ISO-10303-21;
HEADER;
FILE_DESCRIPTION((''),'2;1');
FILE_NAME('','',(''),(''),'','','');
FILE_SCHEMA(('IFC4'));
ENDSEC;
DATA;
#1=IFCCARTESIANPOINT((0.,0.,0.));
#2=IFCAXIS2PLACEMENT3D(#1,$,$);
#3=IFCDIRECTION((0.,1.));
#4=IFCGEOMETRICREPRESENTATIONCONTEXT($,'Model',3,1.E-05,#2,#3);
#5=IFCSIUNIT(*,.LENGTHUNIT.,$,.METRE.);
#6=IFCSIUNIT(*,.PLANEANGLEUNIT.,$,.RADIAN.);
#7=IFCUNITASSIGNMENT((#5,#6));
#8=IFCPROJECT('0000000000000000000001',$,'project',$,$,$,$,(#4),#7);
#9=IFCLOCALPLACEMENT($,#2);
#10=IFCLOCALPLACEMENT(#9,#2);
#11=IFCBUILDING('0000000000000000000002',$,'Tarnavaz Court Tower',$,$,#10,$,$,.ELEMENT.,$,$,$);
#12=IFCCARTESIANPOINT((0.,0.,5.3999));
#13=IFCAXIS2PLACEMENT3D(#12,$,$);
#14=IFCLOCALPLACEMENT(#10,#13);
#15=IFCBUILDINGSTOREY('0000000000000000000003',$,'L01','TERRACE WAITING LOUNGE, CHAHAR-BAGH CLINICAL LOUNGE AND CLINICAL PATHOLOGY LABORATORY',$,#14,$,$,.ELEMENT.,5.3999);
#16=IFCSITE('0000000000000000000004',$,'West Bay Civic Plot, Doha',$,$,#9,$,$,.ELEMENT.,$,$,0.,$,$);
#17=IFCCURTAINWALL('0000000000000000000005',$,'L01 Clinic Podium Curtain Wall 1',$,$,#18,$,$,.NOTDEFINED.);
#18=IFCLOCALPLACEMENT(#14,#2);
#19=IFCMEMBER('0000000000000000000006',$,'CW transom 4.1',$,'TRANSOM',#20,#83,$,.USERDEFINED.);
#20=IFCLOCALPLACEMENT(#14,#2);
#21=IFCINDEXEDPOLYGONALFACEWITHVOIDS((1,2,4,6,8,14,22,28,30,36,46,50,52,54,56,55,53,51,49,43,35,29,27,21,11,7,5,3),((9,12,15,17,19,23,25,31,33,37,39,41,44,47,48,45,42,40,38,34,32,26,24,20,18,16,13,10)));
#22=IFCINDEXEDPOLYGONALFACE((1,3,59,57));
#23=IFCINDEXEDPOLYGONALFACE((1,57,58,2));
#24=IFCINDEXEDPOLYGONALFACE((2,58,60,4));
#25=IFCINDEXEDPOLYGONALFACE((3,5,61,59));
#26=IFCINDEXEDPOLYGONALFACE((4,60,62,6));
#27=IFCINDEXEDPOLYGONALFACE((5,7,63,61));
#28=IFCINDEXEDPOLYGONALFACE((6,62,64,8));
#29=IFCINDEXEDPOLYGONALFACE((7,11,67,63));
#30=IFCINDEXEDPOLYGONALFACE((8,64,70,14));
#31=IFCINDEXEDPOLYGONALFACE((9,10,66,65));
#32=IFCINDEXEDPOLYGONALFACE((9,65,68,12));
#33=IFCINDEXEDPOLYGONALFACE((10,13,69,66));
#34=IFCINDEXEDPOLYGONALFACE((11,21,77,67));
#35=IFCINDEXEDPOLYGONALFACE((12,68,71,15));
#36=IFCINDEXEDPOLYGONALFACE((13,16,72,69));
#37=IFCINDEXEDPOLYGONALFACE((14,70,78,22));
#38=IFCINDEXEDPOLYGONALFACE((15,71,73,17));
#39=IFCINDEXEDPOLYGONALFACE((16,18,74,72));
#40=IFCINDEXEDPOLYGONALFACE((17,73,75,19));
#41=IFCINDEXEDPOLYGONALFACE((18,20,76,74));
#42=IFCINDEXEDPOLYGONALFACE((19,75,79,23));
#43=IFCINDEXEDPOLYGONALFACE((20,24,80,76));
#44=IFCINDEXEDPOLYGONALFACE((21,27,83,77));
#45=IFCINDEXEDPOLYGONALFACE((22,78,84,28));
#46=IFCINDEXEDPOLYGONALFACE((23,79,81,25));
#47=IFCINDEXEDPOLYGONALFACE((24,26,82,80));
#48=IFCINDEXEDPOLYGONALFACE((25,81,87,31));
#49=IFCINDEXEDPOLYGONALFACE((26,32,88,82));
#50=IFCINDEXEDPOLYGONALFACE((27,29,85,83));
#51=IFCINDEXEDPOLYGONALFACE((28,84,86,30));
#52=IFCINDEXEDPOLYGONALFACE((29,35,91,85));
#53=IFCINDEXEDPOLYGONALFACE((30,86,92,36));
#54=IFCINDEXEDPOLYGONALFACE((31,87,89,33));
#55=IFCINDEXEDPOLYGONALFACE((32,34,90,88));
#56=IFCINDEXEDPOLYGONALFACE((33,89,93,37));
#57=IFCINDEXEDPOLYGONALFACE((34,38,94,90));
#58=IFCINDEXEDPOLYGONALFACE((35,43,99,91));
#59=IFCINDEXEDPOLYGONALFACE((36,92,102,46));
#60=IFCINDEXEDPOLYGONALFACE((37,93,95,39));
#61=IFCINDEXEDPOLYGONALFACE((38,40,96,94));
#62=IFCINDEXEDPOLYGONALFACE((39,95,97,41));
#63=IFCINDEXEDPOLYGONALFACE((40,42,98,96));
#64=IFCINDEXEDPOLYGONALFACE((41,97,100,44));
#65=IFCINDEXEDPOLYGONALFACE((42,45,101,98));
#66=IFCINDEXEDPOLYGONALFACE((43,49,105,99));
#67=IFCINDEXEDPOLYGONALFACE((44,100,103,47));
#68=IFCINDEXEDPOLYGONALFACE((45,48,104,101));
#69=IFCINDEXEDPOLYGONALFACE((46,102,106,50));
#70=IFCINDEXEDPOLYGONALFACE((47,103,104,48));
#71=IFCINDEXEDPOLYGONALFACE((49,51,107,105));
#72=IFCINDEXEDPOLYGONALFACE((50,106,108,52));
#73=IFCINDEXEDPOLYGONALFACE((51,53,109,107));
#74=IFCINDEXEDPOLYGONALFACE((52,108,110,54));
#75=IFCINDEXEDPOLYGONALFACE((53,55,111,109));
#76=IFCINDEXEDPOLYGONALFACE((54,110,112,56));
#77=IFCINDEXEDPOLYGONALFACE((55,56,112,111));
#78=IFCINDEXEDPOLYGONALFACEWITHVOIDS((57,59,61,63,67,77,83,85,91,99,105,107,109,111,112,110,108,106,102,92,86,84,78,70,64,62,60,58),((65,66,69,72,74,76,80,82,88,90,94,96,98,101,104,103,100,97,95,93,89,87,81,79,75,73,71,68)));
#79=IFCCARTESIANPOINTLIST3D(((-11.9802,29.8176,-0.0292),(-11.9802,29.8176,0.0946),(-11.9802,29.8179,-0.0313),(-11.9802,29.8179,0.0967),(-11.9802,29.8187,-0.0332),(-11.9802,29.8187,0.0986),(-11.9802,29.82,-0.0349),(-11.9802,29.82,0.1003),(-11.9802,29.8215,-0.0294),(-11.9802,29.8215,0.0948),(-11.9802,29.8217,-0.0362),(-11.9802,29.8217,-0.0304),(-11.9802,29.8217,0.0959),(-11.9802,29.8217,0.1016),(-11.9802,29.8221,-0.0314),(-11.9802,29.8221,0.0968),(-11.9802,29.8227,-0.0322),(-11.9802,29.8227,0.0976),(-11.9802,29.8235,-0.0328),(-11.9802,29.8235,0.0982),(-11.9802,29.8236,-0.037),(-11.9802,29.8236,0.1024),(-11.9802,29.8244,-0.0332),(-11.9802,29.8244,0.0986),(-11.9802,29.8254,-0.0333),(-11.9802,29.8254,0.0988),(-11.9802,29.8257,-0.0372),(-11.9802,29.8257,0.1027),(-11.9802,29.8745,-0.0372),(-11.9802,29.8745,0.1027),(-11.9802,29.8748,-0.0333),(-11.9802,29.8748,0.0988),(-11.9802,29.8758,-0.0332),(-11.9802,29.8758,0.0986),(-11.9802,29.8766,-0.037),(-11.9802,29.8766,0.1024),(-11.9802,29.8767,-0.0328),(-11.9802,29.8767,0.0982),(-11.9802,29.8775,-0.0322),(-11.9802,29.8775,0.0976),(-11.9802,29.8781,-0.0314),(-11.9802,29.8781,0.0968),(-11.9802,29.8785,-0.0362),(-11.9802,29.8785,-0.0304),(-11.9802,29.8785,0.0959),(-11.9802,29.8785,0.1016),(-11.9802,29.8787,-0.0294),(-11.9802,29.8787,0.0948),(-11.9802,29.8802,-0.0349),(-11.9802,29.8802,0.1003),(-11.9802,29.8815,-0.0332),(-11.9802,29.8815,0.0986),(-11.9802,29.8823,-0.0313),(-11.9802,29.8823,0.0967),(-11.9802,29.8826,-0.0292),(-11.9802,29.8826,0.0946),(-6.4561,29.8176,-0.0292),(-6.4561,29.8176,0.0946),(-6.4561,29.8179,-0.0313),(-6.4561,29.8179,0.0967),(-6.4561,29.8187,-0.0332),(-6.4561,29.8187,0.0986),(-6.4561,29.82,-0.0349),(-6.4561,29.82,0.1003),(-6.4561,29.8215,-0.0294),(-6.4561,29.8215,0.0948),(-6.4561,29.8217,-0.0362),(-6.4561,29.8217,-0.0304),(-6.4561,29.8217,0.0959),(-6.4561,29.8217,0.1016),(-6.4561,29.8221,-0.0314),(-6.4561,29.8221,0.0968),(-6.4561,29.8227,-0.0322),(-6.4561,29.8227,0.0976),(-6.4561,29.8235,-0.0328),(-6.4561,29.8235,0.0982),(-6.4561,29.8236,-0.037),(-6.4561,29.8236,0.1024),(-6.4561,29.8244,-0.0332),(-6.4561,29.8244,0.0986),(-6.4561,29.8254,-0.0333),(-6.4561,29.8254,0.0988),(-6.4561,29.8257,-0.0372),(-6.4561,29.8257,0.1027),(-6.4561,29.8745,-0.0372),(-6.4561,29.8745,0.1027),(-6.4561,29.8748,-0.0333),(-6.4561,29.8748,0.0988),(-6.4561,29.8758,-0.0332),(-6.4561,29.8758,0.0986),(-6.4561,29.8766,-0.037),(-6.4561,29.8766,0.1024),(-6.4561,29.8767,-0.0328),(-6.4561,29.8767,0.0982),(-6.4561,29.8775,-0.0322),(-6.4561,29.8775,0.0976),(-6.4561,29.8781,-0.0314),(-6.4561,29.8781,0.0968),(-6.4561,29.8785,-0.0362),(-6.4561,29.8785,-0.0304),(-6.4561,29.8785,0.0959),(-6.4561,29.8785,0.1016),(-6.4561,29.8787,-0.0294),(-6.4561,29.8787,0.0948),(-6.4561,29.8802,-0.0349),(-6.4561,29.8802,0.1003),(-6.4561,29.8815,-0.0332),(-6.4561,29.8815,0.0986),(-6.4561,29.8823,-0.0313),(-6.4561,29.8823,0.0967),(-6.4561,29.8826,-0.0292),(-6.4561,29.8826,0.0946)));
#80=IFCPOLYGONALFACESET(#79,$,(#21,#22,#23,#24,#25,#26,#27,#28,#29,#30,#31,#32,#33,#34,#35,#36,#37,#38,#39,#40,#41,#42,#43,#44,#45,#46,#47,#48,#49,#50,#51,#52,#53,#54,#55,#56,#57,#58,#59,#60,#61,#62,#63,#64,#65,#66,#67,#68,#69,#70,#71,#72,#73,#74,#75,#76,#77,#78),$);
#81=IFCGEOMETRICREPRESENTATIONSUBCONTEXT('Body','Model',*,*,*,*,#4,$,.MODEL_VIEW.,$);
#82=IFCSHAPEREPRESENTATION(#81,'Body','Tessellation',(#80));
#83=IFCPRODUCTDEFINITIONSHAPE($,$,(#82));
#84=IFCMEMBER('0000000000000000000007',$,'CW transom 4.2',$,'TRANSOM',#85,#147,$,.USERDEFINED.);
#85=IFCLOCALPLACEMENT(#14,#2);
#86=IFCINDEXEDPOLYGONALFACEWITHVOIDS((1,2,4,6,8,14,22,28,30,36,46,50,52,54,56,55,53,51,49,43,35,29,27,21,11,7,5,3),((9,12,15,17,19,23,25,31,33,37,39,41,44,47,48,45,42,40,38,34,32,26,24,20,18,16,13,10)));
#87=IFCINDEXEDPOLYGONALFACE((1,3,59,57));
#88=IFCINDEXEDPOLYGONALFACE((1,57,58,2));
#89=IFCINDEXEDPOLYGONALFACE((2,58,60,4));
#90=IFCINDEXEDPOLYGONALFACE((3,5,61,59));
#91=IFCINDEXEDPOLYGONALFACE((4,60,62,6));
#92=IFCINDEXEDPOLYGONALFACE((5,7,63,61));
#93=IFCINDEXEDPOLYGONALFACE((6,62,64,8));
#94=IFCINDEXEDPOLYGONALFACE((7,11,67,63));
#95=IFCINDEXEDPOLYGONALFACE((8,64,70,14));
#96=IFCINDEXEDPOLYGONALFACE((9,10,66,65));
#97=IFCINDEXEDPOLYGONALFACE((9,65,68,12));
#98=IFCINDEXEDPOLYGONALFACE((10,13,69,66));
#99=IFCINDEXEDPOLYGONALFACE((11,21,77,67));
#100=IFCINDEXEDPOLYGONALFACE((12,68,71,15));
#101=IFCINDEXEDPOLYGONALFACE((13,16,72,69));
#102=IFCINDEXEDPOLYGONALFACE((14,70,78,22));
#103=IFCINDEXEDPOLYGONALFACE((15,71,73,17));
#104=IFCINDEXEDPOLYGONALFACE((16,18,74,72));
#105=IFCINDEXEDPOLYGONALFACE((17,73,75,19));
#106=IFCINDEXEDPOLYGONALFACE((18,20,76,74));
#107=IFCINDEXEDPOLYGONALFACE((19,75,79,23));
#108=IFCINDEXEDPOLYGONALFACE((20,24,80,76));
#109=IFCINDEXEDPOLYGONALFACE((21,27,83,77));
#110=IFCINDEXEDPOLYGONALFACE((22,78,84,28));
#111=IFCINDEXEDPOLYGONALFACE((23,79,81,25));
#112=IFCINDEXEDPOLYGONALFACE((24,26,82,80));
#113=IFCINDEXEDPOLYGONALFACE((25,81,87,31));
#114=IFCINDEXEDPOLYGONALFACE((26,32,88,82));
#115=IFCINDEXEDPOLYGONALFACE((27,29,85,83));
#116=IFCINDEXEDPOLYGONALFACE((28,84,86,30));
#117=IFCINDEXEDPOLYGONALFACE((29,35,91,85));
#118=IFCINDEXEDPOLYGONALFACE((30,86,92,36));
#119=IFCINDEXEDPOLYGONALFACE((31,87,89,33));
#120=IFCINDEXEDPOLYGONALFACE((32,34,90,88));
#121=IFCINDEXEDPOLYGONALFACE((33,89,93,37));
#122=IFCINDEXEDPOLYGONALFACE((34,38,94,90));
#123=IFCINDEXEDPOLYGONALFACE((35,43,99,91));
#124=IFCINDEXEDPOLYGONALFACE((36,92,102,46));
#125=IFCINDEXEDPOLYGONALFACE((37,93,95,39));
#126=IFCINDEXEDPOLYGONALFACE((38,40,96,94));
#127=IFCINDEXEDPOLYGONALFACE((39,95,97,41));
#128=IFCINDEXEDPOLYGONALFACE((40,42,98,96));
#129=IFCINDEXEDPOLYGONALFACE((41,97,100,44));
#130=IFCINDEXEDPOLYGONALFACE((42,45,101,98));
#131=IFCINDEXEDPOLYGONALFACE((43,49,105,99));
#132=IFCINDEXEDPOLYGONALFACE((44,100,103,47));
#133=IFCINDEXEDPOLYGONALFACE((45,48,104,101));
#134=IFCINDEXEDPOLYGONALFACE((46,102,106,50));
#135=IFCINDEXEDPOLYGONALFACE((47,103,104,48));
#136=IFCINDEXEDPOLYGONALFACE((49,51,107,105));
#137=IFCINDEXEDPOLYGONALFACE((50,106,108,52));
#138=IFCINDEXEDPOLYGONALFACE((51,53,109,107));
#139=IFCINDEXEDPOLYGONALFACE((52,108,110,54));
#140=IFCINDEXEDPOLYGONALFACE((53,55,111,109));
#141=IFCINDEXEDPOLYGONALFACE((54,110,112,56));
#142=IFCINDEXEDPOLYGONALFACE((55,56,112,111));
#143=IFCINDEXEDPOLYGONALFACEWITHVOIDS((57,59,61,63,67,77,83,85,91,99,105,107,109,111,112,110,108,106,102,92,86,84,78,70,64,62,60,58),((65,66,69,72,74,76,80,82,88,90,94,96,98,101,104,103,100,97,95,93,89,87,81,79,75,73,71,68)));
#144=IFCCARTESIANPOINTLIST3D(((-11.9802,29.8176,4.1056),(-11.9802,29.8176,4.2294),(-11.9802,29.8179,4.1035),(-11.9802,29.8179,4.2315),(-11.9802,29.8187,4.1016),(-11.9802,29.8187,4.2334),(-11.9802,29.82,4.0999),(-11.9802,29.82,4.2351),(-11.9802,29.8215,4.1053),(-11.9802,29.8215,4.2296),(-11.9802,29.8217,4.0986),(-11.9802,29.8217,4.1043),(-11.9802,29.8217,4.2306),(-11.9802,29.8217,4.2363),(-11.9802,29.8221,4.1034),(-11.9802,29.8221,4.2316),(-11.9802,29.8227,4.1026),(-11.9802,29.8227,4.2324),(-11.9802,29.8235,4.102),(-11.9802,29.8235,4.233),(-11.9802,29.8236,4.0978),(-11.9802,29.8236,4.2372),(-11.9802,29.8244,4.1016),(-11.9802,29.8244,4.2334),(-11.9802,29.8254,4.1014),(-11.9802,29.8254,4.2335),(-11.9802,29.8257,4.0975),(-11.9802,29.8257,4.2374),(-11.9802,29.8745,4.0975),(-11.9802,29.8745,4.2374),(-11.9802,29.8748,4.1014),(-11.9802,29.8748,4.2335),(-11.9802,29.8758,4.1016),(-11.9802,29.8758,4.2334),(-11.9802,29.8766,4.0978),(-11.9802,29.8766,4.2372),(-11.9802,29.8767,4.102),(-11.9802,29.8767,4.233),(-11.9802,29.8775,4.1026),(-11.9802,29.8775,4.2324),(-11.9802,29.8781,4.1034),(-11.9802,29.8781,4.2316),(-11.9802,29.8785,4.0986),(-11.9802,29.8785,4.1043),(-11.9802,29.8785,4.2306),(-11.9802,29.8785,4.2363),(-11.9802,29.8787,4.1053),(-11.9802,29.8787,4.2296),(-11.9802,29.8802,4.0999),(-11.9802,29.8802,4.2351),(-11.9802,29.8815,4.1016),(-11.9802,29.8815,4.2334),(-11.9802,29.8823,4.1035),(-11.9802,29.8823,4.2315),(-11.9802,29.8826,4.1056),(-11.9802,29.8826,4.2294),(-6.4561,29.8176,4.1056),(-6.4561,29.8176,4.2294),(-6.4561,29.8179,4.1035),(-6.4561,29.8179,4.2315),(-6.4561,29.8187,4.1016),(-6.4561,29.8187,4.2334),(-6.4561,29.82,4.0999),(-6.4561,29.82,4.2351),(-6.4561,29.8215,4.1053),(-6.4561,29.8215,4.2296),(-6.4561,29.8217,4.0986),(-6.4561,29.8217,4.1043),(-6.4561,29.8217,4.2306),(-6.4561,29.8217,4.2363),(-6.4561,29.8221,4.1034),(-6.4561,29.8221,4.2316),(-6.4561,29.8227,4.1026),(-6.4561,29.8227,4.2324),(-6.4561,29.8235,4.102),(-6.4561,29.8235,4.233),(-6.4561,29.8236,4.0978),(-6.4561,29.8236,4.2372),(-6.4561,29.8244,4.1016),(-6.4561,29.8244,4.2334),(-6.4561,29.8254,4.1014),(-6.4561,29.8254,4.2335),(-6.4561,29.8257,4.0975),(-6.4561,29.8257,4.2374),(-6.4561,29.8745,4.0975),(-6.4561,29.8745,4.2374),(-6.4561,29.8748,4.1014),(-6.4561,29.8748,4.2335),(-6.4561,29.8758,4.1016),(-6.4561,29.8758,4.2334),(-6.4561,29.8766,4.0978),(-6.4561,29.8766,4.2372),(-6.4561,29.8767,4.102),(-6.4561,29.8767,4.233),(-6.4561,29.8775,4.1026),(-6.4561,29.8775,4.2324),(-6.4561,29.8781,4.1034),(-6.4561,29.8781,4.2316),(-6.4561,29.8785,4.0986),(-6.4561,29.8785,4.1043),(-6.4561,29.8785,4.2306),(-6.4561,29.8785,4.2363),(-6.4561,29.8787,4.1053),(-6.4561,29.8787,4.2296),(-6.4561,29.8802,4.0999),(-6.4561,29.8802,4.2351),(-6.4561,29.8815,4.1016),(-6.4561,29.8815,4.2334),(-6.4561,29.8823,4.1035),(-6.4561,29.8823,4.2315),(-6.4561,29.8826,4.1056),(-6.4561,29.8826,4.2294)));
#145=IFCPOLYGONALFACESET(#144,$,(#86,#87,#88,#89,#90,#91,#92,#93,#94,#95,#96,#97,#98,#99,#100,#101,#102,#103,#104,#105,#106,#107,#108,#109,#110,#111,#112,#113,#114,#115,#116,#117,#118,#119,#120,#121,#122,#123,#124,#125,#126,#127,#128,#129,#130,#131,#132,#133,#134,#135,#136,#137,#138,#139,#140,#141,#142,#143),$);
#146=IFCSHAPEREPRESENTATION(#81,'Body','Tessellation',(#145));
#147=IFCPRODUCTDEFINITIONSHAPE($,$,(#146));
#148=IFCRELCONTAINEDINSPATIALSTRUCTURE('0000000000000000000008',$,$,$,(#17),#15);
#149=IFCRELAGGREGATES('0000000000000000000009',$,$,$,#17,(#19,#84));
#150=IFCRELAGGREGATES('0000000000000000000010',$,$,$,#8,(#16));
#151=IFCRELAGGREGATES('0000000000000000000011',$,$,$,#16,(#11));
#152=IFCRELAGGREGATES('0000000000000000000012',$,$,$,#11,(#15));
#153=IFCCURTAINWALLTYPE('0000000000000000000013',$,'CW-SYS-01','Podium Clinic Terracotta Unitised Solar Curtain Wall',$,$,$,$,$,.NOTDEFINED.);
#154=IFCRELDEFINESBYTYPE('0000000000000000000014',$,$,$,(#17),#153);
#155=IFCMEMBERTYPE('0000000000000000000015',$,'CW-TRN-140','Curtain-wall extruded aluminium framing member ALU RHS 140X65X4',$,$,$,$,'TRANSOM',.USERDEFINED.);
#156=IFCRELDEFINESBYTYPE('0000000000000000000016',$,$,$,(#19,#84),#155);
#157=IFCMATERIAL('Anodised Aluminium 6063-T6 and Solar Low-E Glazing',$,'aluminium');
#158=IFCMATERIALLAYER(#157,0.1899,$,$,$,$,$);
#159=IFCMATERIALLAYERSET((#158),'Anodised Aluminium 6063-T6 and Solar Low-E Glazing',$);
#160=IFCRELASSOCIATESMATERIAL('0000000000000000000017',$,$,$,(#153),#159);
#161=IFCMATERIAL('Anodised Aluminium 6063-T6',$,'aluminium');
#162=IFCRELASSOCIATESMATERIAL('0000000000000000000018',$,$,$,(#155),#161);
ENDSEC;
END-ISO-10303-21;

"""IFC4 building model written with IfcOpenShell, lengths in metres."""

from ifc_helpers import new_model, si_unit, direction, frame, origin, origin_2d, place, context, subcontext, project, spatial, hollow_rectangle, extrude, material, layer, layer_set, material_profile, profile_set, type_object, element, aggregate, save


model = new_model("IFC4")

# Units and contexts
model_context = context("Model", 3, precision=1e-05, world=origin(), true_north=direction((0.0, 1.0)))
body_context = subcontext(model_context, "Body", "Model", "MODEL_VIEW")
ifc_project = project(units=[si_unit("LENGTHUNIT", "METRE"), si_unit("PLANEANGLEUNIT", "RADIAN")], contexts=[model_context])

# Site, building, storey
site_placement = place(None, origin())
site = spatial("IfcSite", under=ifc_project, at=site_placement, Name="West Bay Civic Plot, Doha", CompositionType="ELEMENT", RefElevation=0.0)
building_placement = place(site_placement, origin())
building = spatial("IfcBuilding", under=site, at=building_placement, Name="Tarnavaz Court Tower", CompositionType="ELEMENT")
storey_placement = place(building_placement, frame((0.0, 0.0, 5.3999)))
storey = spatial("IfcBuildingStorey", under=building, at=storey_placement, Name="L01", Description="TERRACE WAITING LOUNGE, CHAHAR-BAGH CLINICAL LOUNGE AND CLINICAL PATHOLOGY LABORATORY", CompositionType="ELEMENT", Elevation=5.3999)

# Curtain wall, members
ifc_material_1 = material(Name="Anodised Aluminium 6063-T6 and Solar Low-E Glazing", Category="aluminium")
ifc_layer_1 = layer(ifc_material_1, 0.1899)
ifc_layer_set_1 = layer_set([ifc_layer_1], Name="Anodised Aluminium 6063-T6 and Solar Low-E Glazing")
curtain_wall_type = type_object("IfcCurtainWallType", Name="CW-SYS-01", Description="Podium Clinic Terracotta Unitised Solar Curtain Wall", PredefinedType="NOTDEFINED", material=ifc_layer_set_1)
curtain_wall_placement = place(storey_placement, origin())
curtain_wall = element("IfcCurtainWall", 1, at=curtain_wall_placement, inside=storey, type_object=curtain_wall_type, Name="L01 Clinic Podium Curtain Wall 1", PredefinedType="NOTDEFINED")
ifc_material_2 = material(Name="Anodised Aluminium 6063-T6", Category="aluminium")
ifc_material_profile_1 = material_profile(ifc_material_2, hollow_rectangle(XDim=0.0649, YDim=0.1399, WallThickness=0.0039, InnerFilletRadius=0.0039, OuterFilletRadius=0.0081, at=origin_2d()), Name="ALU RHS 140X65X4")
ifc_profile_set_1 = profile_set([ifc_material_profile_1], Name="Anodised Aluminium 6063-T6")
member_type_1 = type_object("IfcMemberType", Name="CW-TRN-140", Description="Curtain-wall extruded aluminium framing member ALU RHS 140X65X4", ElementType="TRANSOM", PredefinedType="USERDEFINED", material=ifc_profile_set_1)
member_1_placement = place(storey_placement, frame((-11.9802, 29.8501, 0.0327), z_axis=(1.0, 0.0, 0.0), x_axis=(0.0, 1.0, 0.0)))
member_1 = element("IfcMember", 2, at=member_1_placement, type_object=member_type_1, Name="CW transom 4.1", ObjectType="TRANSOM", PredefinedType="USERDEFINED", context=body_context, shape_type="SweptSolid", body=[
    extrude(hollow_rectangle(XDim=0.0649, YDim=0.1399, WallThickness=0.0039, InnerFilletRadius=0.0039, OuterFilletRadius=0.0081, at=origin_2d()), origin(), (0.0, 0.0, 1.0), 5.5242),
])
member_2_placement = place(storey_placement, frame((-11.9802, 29.8501, 4.1675), z_axis=(1.0, 0.0, 0.0), x_axis=(0.0, 1.0, 0.0)))
member_2 = element("IfcMember", 3, at=member_2_placement, type_object=member_type_1, Name="CW transom 4.2", ObjectType="TRANSOM", PredefinedType="USERDEFINED", context=body_context, shape_type="SweptSolid", body=[
    extrude(hollow_rectangle(XDim=0.0649, YDim=0.1399, WallThickness=0.0039, InnerFilletRadius=0.0039, OuterFilletRadius=0.0081, at=origin_2d()), origin(), (0.0, 0.0, 1.0), 5.5242),
])
aggregate(curtain_wall, [member_1, member_2])

save(model, "model.ifc")
